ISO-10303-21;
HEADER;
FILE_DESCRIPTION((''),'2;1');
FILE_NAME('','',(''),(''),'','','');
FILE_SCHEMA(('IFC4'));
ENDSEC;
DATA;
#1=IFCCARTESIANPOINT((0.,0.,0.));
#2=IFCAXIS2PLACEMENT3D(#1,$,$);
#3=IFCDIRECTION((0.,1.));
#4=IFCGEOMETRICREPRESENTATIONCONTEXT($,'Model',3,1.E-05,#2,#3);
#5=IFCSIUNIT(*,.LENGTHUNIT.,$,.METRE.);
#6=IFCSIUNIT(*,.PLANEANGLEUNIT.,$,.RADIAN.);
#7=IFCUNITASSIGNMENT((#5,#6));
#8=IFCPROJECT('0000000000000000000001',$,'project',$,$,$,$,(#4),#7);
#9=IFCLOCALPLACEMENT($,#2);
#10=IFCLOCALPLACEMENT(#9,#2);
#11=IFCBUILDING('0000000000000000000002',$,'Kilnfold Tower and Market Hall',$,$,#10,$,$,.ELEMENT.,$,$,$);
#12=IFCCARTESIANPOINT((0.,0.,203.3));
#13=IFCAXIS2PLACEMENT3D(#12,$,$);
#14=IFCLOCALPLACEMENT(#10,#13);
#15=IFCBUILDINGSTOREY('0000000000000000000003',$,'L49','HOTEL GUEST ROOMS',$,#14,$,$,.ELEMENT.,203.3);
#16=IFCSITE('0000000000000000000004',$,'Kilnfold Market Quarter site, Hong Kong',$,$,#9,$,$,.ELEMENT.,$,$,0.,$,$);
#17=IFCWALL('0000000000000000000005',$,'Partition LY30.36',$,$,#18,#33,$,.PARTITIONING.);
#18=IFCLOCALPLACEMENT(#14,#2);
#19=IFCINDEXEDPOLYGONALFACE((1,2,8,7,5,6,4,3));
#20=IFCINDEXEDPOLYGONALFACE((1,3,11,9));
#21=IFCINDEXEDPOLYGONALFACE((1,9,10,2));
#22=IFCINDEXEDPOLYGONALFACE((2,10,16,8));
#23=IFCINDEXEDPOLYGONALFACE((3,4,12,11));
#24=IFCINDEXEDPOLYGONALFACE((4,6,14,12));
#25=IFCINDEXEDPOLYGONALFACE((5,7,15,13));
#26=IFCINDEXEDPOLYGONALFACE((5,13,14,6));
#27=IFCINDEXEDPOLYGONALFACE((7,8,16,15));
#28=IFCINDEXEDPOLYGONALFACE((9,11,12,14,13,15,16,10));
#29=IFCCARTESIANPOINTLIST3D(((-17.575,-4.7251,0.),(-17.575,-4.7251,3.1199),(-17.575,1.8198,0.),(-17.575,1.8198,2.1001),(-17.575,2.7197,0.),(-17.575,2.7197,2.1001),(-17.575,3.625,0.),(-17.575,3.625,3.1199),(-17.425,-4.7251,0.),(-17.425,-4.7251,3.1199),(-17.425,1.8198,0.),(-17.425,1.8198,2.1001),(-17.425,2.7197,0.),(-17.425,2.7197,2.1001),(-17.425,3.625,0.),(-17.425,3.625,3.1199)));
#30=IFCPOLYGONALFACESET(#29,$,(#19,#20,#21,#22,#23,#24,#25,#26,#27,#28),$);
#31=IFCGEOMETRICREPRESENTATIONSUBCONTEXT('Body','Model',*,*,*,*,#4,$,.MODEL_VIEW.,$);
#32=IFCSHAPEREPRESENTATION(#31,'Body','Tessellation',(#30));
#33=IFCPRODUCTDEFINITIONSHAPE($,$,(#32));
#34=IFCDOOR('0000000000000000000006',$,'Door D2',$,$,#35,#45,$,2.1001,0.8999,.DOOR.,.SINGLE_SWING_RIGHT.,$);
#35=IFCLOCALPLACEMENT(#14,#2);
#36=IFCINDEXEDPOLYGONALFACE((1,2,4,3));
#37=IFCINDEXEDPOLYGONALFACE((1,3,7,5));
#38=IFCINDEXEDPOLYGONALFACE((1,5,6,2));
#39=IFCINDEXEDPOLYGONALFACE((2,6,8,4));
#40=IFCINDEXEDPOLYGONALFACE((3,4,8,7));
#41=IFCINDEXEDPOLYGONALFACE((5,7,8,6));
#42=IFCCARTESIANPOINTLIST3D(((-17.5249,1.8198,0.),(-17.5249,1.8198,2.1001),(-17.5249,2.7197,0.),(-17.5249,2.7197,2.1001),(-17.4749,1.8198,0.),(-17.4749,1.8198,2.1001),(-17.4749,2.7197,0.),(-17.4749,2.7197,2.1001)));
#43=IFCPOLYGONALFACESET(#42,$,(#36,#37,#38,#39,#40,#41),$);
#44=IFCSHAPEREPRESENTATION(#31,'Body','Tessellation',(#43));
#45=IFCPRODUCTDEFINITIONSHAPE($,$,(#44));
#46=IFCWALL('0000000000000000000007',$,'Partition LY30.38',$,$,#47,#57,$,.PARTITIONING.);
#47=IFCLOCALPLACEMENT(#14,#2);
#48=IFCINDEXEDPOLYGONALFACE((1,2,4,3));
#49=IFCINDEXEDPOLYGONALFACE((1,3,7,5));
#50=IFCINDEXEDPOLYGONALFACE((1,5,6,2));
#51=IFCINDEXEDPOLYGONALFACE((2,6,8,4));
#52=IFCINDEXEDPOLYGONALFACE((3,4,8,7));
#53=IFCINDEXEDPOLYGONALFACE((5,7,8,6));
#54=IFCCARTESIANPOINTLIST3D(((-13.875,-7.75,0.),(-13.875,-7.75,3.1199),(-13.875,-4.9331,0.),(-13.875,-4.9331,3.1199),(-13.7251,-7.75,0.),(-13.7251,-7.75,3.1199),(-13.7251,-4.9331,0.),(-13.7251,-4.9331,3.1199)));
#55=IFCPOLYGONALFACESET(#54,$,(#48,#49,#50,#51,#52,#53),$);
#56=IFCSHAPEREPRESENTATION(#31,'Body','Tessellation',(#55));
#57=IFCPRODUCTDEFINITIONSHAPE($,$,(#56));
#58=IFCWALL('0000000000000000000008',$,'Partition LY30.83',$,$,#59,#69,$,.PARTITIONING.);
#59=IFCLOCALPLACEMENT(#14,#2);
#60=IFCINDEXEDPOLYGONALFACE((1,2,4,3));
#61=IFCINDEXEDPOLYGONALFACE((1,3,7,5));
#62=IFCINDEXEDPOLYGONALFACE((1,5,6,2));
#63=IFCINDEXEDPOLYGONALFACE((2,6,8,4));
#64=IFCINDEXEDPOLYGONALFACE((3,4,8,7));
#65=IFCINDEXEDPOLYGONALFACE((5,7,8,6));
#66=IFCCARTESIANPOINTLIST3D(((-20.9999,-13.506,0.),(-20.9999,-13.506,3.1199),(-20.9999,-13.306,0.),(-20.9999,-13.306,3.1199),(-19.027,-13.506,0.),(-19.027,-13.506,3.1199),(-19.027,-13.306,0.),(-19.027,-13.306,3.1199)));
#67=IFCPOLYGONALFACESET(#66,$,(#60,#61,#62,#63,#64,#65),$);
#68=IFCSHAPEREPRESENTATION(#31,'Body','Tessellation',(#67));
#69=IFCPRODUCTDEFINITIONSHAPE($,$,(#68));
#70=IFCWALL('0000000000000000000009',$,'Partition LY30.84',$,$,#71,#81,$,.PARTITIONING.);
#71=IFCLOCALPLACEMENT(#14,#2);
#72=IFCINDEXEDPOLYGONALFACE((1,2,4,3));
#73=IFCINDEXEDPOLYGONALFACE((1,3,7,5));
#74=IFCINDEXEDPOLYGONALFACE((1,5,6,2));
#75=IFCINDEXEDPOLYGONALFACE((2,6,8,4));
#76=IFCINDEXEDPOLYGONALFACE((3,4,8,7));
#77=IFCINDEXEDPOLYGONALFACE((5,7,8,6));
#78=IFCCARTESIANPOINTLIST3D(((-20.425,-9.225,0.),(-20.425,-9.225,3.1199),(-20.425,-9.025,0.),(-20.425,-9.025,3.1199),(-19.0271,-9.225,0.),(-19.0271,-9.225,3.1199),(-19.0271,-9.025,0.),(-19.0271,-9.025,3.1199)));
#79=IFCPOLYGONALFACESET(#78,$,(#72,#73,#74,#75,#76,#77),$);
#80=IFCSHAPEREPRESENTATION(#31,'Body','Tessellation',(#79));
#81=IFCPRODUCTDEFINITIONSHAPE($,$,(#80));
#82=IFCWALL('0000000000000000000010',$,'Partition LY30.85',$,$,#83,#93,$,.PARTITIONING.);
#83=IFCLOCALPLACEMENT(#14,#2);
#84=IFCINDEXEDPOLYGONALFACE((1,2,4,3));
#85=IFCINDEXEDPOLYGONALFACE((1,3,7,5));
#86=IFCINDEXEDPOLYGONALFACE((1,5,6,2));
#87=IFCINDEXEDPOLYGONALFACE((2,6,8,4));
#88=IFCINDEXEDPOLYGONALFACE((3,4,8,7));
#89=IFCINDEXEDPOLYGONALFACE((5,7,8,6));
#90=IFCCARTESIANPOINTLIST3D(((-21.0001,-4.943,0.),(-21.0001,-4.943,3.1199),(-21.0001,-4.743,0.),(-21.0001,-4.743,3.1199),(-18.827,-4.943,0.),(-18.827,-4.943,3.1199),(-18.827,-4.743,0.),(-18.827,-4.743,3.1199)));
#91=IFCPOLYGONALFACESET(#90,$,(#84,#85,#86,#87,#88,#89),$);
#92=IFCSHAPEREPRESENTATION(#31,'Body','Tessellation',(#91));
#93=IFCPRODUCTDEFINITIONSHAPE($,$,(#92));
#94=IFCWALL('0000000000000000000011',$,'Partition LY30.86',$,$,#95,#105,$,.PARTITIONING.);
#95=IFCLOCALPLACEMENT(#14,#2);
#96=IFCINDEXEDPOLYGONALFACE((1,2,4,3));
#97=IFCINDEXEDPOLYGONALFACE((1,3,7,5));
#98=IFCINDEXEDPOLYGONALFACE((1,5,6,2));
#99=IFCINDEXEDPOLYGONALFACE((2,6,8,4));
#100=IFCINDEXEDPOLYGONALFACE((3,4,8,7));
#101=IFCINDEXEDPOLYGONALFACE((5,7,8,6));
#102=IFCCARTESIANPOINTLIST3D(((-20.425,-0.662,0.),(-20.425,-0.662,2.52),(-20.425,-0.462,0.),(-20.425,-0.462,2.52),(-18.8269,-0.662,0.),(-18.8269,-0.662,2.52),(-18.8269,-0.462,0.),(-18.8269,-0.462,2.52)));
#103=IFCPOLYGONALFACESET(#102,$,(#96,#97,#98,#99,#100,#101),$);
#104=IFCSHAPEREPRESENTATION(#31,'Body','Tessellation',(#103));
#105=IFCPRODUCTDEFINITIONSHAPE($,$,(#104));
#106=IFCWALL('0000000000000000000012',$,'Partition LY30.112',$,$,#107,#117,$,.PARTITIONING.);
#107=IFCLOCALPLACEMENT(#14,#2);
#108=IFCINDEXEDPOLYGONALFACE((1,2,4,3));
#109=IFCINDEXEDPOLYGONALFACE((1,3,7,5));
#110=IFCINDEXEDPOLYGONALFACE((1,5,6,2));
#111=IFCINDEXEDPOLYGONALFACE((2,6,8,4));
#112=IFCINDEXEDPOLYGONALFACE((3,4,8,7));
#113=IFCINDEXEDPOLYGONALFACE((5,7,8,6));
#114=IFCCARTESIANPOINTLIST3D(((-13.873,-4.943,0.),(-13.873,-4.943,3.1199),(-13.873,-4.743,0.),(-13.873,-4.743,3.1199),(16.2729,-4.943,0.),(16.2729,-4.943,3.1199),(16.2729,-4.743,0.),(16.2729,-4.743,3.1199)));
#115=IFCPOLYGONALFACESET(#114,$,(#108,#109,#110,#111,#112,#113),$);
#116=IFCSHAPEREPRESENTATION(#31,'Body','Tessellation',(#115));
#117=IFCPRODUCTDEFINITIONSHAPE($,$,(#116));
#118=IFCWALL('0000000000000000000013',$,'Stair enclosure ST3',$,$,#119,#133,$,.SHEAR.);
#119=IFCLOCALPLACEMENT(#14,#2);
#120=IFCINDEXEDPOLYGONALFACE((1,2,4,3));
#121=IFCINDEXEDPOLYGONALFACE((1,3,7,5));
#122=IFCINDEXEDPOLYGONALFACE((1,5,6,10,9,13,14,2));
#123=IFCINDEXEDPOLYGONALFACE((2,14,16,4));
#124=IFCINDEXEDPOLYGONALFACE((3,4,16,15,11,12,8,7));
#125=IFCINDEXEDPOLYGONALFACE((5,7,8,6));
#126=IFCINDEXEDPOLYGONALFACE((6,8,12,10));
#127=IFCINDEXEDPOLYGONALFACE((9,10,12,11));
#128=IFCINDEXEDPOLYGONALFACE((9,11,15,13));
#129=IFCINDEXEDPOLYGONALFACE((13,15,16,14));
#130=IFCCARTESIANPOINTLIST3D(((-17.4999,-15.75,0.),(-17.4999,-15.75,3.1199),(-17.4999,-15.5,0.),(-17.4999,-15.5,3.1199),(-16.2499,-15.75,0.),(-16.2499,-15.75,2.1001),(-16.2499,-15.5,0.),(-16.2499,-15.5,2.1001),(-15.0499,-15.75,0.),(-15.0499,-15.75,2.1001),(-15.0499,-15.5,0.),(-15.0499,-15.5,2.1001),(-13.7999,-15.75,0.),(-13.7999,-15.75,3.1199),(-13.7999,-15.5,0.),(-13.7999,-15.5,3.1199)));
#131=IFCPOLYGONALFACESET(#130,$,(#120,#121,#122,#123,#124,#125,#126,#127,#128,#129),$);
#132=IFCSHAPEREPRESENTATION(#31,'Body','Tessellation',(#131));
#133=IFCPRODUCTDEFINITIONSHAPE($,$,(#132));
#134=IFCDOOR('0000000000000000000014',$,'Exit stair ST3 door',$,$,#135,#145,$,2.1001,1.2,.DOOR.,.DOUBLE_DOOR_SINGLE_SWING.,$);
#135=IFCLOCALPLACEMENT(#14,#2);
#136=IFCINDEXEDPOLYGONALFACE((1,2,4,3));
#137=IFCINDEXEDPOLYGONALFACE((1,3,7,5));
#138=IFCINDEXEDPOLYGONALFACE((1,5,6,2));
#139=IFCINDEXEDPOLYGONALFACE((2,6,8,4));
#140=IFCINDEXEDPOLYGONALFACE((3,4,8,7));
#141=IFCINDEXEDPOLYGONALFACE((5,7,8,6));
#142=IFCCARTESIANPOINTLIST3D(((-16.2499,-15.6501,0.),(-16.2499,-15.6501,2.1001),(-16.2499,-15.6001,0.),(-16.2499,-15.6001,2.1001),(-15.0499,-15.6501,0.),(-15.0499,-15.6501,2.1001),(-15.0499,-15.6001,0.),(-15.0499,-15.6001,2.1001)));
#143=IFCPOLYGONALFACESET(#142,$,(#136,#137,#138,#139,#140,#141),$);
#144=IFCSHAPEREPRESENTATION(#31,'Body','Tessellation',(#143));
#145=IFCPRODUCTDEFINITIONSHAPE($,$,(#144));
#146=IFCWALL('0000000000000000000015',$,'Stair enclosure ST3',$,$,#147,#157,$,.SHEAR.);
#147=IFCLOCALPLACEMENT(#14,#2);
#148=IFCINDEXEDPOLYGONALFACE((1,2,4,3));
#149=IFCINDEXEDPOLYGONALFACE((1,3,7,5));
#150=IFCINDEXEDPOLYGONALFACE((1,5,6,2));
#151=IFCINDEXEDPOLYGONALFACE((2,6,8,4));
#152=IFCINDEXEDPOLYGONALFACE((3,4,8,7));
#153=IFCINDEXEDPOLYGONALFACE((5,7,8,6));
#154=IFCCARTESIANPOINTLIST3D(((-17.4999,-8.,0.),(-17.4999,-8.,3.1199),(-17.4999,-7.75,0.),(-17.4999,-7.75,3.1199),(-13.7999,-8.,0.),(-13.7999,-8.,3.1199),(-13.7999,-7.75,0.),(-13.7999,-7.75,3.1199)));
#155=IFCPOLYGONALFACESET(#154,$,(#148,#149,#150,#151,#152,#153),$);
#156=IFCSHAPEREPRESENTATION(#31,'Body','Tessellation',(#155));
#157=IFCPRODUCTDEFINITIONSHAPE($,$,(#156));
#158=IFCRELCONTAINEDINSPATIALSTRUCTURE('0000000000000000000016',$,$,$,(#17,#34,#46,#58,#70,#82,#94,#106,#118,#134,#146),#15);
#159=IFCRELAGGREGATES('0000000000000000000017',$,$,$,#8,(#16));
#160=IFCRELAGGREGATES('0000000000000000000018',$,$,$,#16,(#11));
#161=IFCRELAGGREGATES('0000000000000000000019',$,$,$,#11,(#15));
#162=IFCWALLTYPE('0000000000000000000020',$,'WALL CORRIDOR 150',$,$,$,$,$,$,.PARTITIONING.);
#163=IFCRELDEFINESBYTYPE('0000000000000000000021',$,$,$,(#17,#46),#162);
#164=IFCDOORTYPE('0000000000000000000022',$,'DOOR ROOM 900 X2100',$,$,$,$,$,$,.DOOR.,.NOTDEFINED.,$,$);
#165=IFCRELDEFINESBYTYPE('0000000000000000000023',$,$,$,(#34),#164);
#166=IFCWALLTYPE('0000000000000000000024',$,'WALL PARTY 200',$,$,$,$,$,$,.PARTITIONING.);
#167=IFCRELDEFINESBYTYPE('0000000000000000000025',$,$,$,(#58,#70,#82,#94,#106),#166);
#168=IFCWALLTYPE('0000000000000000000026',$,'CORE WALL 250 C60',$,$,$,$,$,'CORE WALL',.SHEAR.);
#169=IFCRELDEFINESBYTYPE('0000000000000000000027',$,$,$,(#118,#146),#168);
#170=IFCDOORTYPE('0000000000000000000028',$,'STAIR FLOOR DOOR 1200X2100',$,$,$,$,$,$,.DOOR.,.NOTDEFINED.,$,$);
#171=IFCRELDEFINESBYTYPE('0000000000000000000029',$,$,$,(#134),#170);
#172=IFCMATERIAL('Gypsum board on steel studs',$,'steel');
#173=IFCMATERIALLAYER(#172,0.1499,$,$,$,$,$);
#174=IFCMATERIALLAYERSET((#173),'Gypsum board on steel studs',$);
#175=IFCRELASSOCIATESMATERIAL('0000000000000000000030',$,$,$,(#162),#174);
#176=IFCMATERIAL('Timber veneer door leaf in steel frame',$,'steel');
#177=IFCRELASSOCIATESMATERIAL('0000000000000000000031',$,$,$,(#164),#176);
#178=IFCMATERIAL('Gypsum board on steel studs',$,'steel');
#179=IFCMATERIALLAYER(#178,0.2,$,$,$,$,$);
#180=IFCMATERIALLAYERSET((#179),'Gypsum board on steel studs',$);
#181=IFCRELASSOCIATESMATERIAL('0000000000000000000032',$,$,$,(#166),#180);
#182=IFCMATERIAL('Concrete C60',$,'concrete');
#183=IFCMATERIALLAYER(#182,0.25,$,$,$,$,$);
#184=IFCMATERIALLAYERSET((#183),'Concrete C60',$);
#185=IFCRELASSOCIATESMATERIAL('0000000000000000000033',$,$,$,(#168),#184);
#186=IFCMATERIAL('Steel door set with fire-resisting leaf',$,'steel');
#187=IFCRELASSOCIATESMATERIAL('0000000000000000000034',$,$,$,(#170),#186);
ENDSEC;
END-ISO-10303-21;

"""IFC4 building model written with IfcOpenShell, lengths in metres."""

from ifc_helpers import new_model, si_unit, direction, frame, frame_2d, origin, place, context, subcontext, project, spatial, rectangle, extrude, source, transform, mapped, material, layer, layer_set, type_object, element, fill, save


model = new_model("IFC4")

# Units and contexts
model_context = context("Model", 3, precision=1e-05, world=origin(), true_north=direction((0.0, 1.0)))
body_context = subcontext(model_context, "Body", "Model", "MODEL_VIEW")
ifc_project = project(units=[si_unit("LENGTHUNIT", "METRE"), si_unit("PLANEANGLEUNIT", "RADIAN")], contexts=[model_context])

# Site, building, storey
site_placement = place(None, origin())
site = spatial("IfcSite", under=ifc_project, at=site_placement, Name="Kilnfold Market Quarter site, Hong Kong", CompositionType="ELEMENT", RefElevation=0.0)
building_placement = place(site_placement, origin())
building = spatial("IfcBuilding", under=site, at=building_placement, Name="Kilnfold Tower and Market Hall", CompositionType="ELEMENT")
storey_placement = place(building_placement, frame((0.0, 0.0, 203.3)))
storey = spatial("IfcBuildingStorey", under=building, at=storey_placement, Name="L49", Description="HOTEL GUEST ROOMS", CompositionType="ELEMENT", Elevation=203.3)

# Shared definitions
ifc_material_1 = material(Name="Gypsum board on steel studs", Category="steel")
ifc_layer_1 = layer(ifc_material_1, 0.1499)
ifc_layer_set_1 = layer_set([ifc_layer_1], Name="Gypsum board on steel studs")
wall_type_1 = type_object("IfcWallType", Name="WALL CORRIDOR 150", PredefinedType="PARTITIONING", material=ifc_layer_set_1)

# Wall, opening, door
wall_1_placement = place(storey_placement, frame((-17.5, -4.7251, 0.0), z_axis=(0.0, 0.0, 1.0), x_axis=(0.0, 1.0, 0.0)))
wall_1 = element("IfcWall", 1, at=wall_1_placement, inside=storey, type_object=wall_type_1, Name="Partition LY30.36", PredefinedType="PARTITIONING", context=body_context, shape_type="SweptSolid", body=[
    extrude(rectangle(XDim=8.3501, YDim=0.1499, at=frame_2d((4.175, 0.0))), origin(), (0.0, 0.0, 1.0), 3.1199),
])
opening_1_placement = place(wall_1_placement, frame((6.5449, 0.0, 0.0)))
opening_1 = element("IfcOpeningElement", 2, at=opening_1_placement, cuts=wall_1, PredefinedType="OPENING", context=body_context, shape_type="SweptSolid", body=[
    extrude(rectangle(XDim=0.8999, YDim=2.1001, at=frame_2d((0.45, 1.05))), frame((0.0, 0.085, 0.0), z_axis=(0.0, -1.0, 0.0), x_axis=(1.0, 0.0, 0.0)), (0.0, 0.0, 1.0), 0.1699),
])
ifc_material_2 = material(Name="Timber veneer door leaf in steel frame", Category="steel")
door_type_1 = type_object("IfcDoorType", Name="DOOR ROOM 900 X2100", OperationType="NOTDEFINED", PredefinedType="DOOR", material=ifc_material_2)
door_1_placement = place(opening_1_placement, origin())
door_1 = element("IfcDoor", 3, at=door_1_placement, inside=storey, type_object=door_type_1, Name="Door D2", OperationType="SINGLE_SWING_RIGHT", OverallHeight=2.1001, OverallWidth=0.8999, PredefinedType="DOOR", context=body_context, shape_type="SweptSolid", body=[
    extrude(rectangle(XDim=0.8999, YDim=2.1001, at=frame_2d((0.45, 1.05))), frame((0.0, 0.0249, 0.0), z_axis=(0.0, -1.0, 0.0), x_axis=(1.0, 0.0, 0.0)), (0.0, 0.0, 1.0), 0.05),
])
fill(opening_1, door_1)

# Walls
wall_2_placement = place(storey_placement, frame((-13.8, -7.75, 0.0), z_axis=(0.0, 0.0, 1.0), x_axis=(0.0, 1.0, 0.0)))
element("IfcWall", 4, at=wall_2_placement, inside=storey, type_object=wall_type_1, Name="Partition LY30.38", PredefinedType="PARTITIONING", context=body_context, shape_type="SweptSolid", body=[
    extrude(rectangle(XDim=2.8169, YDim=0.1499, at=frame_2d((1.4084, 0.0))), origin(), (0.0, 0.0, 1.0), 3.1199),
])
ifc_material_3 = material(Name="Gypsum board on steel studs", Category="steel")
ifc_layer_2 = layer(ifc_material_3, 0.2)
ifc_layer_set_2 = layer_set([ifc_layer_2], Name="Gypsum board on steel studs")
wall_type_2 = type_object("IfcWallType", Name="WALL PARTY 200", PredefinedType="PARTITIONING", material=ifc_layer_set_2)
wall_3_placement = place(storey_placement, frame((-19.0271, -13.406, 0.0), z_axis=(0.0, 0.0, 1.0), x_axis=(-1.0, 0.0, 0.0)))
element("IfcWall", 5, at=wall_3_placement, inside=storey, type_object=wall_type_2, Name="Partition LY30.83", PredefinedType="PARTITIONING", context=body_context, shape_type="SweptSolid", body=[
    extrude(rectangle(XDim=1.9729, YDim=0.2, at=frame_2d((0.9863, 0.0))), origin(), (0.0, 0.0, 1.0), 3.1199),
])
wall_4_placement = place(storey_placement, frame((-20.425, -9.125, 0.0), z_axis=(0.0, 0.0, 1.0), x_axis=(1.0, 0.0, 0.0)))
element("IfcWall", 6, at=wall_4_placement, inside=storey, type_object=wall_type_2, Name="Partition LY30.84", PredefinedType="PARTITIONING", context=body_context, shape_type="SweptSolid", body=[
    extrude(rectangle(XDim=1.3979, YDim=0.2, at=frame_2d((0.699, 0.0))), origin(), (0.0, 0.0, 1.0), 3.1199),
])
wall_5_placement = place(storey_placement, frame((-21.0, -4.843, 0.0), z_axis=(0.0, 0.0, 1.0), x_axis=(1.0, 0.0, 0.0)))
element("IfcWall", 7, at=wall_5_placement, inside=storey, type_object=wall_type_2, Name="Partition LY30.85", PredefinedType="PARTITIONING", context=body_context, shape_type="SweptSolid", body=[
    extrude(rectangle(XDim=2.1731, YDim=0.2, at=frame_2d((1.0864, 0.0))), origin(), (0.0, 0.0, 1.0), 3.1199),
])
wall_6_placement = place(storey_placement, frame((-18.8269, -0.562, 0.0), z_axis=(0.0, 0.0, 1.0), x_axis=(-1.0, 0.0, 0.0)))
element("IfcWall", 8, at=wall_6_placement, inside=storey, type_object=wall_type_2, Name="Partition LY30.86", PredefinedType="PARTITIONING", context=body_context, shape_type="SweptSolid", body=[
    extrude(rectangle(XDim=1.5981, YDim=0.2, at=frame_2d((0.7991, 0.0))), origin(), (0.0, 0.0, 1.0), 2.52),
])
wall_7_placement = place(storey_placement, frame((-13.873, -4.843, 0.0), z_axis=(0.0, 0.0, 1.0), x_axis=(1.0, 0.0, 0.0)))
element("IfcWall", 9, at=wall_7_placement, inside=storey, type_object=wall_type_2, Name="Partition LY30.112", PredefinedType="PARTITIONING", context=body_context, shape_type="SweptSolid", body=[
    extrude(rectangle(XDim=30.146, YDim=0.2, at=frame_2d((15.073, 0.0))), origin(), (0.0, 0.0, 1.0), 3.1199),
])

# Wall, opening, door
ifc_material_4 = material(Name="Concrete C60", Category="concrete")
ifc_layer_3 = layer(ifc_material_4, 0.25)
ifc_layer_set_3 = layer_set([ifc_layer_3], Name="Concrete C60")
wall_type_3 = type_object("IfcWallType", Name="CORE WALL 250 C60", ElementType="CORE WALL", PredefinedType="SHEAR", material=ifc_layer_set_3)
shared_shape_1 = source(origin(), body_context, "Body", "SweptSolid", [
    extrude(rectangle(XDim=3.7, YDim=0.25, at=frame_2d((1.8501, 0.0))), origin(), (0.0, 0.0, 1.0), 3.1199),
])
wall_8_placement = place(storey_placement, frame((-17.5, -15.625, 0.0), z_axis=(0.0, 0.0, 1.0), x_axis=(1.0, 0.0, 0.0)))
wall_8 = element("IfcWall", 10, at=wall_8_placement, inside=storey, type_object=wall_type_3, Name="Stair enclosure ST3", PredefinedType="SHEAR", context=body_context, shape_type="MappedRepresentation", body=[
    mapped(shared_shape_1, transform((0.0, 0.0, 0.0))),
])
opening_2_placement = place(wall_8_placement, frame((1.25, 0.0, 0.0)))
opening_2 = element("IfcOpeningElement", 11, at=opening_2_placement, cuts=wall_8, PredefinedType="OPENING", context=body_context, shape_type="SweptSolid", body=[
    extrude(rectangle(XDim=1.2, YDim=2.1001, at=frame_2d((0.6001, 1.05))), frame((0.0, 0.135, 0.0), z_axis=(0.0, -1.0, 0.0), x_axis=(1.0, 0.0, 0.0)), (0.0, 0.0, 1.0), 0.27),
])
ifc_material_5 = material(Name="Steel door set with fire-resisting leaf", Category="steel")
door_type_2 = type_object("IfcDoorType", Name="STAIR FLOOR DOOR 1200X2100", OperationType="NOTDEFINED", PredefinedType="DOOR", material=ifc_material_5)
door_2_placement = place(opening_2_placement, origin())
door_2 = element("IfcDoor", 12, at=door_2_placement, inside=storey, type_object=door_type_2, Name="Exit stair ST3 door", OperationType="DOUBLE_DOOR_SINGLE_SWING", OverallHeight=2.1001, OverallWidth=1.2, PredefinedType="DOOR", context=body_context, shape_type="SweptSolid", body=[
    extrude(rectangle(XDim=1.2, YDim=2.1001, at=frame_2d((0.6001, 1.05))), frame((0.0, 0.0249, 0.0), z_axis=(0.0, -1.0, 0.0), x_axis=(1.0, 0.0, 0.0)), (0.0, 0.0, 1.0), 0.05),
])
fill(opening_2, door_2)

# Wall
wall_9_placement = place(storey_placement, frame((-17.5, -7.875, 0.0), z_axis=(0.0, 0.0, 1.0), x_axis=(1.0, 0.0, 0.0)))
element("IfcWall", 13, at=wall_9_placement, inside=storey, type_object=wall_type_3, Name="Stair enclosure ST3", PredefinedType="SHEAR", context=body_context, shape_type="MappedRepresentation", body=[
    mapped(shared_shape_1, transform((0.0, 0.0, 0.0))),
])

save(model, "model.ifc")
